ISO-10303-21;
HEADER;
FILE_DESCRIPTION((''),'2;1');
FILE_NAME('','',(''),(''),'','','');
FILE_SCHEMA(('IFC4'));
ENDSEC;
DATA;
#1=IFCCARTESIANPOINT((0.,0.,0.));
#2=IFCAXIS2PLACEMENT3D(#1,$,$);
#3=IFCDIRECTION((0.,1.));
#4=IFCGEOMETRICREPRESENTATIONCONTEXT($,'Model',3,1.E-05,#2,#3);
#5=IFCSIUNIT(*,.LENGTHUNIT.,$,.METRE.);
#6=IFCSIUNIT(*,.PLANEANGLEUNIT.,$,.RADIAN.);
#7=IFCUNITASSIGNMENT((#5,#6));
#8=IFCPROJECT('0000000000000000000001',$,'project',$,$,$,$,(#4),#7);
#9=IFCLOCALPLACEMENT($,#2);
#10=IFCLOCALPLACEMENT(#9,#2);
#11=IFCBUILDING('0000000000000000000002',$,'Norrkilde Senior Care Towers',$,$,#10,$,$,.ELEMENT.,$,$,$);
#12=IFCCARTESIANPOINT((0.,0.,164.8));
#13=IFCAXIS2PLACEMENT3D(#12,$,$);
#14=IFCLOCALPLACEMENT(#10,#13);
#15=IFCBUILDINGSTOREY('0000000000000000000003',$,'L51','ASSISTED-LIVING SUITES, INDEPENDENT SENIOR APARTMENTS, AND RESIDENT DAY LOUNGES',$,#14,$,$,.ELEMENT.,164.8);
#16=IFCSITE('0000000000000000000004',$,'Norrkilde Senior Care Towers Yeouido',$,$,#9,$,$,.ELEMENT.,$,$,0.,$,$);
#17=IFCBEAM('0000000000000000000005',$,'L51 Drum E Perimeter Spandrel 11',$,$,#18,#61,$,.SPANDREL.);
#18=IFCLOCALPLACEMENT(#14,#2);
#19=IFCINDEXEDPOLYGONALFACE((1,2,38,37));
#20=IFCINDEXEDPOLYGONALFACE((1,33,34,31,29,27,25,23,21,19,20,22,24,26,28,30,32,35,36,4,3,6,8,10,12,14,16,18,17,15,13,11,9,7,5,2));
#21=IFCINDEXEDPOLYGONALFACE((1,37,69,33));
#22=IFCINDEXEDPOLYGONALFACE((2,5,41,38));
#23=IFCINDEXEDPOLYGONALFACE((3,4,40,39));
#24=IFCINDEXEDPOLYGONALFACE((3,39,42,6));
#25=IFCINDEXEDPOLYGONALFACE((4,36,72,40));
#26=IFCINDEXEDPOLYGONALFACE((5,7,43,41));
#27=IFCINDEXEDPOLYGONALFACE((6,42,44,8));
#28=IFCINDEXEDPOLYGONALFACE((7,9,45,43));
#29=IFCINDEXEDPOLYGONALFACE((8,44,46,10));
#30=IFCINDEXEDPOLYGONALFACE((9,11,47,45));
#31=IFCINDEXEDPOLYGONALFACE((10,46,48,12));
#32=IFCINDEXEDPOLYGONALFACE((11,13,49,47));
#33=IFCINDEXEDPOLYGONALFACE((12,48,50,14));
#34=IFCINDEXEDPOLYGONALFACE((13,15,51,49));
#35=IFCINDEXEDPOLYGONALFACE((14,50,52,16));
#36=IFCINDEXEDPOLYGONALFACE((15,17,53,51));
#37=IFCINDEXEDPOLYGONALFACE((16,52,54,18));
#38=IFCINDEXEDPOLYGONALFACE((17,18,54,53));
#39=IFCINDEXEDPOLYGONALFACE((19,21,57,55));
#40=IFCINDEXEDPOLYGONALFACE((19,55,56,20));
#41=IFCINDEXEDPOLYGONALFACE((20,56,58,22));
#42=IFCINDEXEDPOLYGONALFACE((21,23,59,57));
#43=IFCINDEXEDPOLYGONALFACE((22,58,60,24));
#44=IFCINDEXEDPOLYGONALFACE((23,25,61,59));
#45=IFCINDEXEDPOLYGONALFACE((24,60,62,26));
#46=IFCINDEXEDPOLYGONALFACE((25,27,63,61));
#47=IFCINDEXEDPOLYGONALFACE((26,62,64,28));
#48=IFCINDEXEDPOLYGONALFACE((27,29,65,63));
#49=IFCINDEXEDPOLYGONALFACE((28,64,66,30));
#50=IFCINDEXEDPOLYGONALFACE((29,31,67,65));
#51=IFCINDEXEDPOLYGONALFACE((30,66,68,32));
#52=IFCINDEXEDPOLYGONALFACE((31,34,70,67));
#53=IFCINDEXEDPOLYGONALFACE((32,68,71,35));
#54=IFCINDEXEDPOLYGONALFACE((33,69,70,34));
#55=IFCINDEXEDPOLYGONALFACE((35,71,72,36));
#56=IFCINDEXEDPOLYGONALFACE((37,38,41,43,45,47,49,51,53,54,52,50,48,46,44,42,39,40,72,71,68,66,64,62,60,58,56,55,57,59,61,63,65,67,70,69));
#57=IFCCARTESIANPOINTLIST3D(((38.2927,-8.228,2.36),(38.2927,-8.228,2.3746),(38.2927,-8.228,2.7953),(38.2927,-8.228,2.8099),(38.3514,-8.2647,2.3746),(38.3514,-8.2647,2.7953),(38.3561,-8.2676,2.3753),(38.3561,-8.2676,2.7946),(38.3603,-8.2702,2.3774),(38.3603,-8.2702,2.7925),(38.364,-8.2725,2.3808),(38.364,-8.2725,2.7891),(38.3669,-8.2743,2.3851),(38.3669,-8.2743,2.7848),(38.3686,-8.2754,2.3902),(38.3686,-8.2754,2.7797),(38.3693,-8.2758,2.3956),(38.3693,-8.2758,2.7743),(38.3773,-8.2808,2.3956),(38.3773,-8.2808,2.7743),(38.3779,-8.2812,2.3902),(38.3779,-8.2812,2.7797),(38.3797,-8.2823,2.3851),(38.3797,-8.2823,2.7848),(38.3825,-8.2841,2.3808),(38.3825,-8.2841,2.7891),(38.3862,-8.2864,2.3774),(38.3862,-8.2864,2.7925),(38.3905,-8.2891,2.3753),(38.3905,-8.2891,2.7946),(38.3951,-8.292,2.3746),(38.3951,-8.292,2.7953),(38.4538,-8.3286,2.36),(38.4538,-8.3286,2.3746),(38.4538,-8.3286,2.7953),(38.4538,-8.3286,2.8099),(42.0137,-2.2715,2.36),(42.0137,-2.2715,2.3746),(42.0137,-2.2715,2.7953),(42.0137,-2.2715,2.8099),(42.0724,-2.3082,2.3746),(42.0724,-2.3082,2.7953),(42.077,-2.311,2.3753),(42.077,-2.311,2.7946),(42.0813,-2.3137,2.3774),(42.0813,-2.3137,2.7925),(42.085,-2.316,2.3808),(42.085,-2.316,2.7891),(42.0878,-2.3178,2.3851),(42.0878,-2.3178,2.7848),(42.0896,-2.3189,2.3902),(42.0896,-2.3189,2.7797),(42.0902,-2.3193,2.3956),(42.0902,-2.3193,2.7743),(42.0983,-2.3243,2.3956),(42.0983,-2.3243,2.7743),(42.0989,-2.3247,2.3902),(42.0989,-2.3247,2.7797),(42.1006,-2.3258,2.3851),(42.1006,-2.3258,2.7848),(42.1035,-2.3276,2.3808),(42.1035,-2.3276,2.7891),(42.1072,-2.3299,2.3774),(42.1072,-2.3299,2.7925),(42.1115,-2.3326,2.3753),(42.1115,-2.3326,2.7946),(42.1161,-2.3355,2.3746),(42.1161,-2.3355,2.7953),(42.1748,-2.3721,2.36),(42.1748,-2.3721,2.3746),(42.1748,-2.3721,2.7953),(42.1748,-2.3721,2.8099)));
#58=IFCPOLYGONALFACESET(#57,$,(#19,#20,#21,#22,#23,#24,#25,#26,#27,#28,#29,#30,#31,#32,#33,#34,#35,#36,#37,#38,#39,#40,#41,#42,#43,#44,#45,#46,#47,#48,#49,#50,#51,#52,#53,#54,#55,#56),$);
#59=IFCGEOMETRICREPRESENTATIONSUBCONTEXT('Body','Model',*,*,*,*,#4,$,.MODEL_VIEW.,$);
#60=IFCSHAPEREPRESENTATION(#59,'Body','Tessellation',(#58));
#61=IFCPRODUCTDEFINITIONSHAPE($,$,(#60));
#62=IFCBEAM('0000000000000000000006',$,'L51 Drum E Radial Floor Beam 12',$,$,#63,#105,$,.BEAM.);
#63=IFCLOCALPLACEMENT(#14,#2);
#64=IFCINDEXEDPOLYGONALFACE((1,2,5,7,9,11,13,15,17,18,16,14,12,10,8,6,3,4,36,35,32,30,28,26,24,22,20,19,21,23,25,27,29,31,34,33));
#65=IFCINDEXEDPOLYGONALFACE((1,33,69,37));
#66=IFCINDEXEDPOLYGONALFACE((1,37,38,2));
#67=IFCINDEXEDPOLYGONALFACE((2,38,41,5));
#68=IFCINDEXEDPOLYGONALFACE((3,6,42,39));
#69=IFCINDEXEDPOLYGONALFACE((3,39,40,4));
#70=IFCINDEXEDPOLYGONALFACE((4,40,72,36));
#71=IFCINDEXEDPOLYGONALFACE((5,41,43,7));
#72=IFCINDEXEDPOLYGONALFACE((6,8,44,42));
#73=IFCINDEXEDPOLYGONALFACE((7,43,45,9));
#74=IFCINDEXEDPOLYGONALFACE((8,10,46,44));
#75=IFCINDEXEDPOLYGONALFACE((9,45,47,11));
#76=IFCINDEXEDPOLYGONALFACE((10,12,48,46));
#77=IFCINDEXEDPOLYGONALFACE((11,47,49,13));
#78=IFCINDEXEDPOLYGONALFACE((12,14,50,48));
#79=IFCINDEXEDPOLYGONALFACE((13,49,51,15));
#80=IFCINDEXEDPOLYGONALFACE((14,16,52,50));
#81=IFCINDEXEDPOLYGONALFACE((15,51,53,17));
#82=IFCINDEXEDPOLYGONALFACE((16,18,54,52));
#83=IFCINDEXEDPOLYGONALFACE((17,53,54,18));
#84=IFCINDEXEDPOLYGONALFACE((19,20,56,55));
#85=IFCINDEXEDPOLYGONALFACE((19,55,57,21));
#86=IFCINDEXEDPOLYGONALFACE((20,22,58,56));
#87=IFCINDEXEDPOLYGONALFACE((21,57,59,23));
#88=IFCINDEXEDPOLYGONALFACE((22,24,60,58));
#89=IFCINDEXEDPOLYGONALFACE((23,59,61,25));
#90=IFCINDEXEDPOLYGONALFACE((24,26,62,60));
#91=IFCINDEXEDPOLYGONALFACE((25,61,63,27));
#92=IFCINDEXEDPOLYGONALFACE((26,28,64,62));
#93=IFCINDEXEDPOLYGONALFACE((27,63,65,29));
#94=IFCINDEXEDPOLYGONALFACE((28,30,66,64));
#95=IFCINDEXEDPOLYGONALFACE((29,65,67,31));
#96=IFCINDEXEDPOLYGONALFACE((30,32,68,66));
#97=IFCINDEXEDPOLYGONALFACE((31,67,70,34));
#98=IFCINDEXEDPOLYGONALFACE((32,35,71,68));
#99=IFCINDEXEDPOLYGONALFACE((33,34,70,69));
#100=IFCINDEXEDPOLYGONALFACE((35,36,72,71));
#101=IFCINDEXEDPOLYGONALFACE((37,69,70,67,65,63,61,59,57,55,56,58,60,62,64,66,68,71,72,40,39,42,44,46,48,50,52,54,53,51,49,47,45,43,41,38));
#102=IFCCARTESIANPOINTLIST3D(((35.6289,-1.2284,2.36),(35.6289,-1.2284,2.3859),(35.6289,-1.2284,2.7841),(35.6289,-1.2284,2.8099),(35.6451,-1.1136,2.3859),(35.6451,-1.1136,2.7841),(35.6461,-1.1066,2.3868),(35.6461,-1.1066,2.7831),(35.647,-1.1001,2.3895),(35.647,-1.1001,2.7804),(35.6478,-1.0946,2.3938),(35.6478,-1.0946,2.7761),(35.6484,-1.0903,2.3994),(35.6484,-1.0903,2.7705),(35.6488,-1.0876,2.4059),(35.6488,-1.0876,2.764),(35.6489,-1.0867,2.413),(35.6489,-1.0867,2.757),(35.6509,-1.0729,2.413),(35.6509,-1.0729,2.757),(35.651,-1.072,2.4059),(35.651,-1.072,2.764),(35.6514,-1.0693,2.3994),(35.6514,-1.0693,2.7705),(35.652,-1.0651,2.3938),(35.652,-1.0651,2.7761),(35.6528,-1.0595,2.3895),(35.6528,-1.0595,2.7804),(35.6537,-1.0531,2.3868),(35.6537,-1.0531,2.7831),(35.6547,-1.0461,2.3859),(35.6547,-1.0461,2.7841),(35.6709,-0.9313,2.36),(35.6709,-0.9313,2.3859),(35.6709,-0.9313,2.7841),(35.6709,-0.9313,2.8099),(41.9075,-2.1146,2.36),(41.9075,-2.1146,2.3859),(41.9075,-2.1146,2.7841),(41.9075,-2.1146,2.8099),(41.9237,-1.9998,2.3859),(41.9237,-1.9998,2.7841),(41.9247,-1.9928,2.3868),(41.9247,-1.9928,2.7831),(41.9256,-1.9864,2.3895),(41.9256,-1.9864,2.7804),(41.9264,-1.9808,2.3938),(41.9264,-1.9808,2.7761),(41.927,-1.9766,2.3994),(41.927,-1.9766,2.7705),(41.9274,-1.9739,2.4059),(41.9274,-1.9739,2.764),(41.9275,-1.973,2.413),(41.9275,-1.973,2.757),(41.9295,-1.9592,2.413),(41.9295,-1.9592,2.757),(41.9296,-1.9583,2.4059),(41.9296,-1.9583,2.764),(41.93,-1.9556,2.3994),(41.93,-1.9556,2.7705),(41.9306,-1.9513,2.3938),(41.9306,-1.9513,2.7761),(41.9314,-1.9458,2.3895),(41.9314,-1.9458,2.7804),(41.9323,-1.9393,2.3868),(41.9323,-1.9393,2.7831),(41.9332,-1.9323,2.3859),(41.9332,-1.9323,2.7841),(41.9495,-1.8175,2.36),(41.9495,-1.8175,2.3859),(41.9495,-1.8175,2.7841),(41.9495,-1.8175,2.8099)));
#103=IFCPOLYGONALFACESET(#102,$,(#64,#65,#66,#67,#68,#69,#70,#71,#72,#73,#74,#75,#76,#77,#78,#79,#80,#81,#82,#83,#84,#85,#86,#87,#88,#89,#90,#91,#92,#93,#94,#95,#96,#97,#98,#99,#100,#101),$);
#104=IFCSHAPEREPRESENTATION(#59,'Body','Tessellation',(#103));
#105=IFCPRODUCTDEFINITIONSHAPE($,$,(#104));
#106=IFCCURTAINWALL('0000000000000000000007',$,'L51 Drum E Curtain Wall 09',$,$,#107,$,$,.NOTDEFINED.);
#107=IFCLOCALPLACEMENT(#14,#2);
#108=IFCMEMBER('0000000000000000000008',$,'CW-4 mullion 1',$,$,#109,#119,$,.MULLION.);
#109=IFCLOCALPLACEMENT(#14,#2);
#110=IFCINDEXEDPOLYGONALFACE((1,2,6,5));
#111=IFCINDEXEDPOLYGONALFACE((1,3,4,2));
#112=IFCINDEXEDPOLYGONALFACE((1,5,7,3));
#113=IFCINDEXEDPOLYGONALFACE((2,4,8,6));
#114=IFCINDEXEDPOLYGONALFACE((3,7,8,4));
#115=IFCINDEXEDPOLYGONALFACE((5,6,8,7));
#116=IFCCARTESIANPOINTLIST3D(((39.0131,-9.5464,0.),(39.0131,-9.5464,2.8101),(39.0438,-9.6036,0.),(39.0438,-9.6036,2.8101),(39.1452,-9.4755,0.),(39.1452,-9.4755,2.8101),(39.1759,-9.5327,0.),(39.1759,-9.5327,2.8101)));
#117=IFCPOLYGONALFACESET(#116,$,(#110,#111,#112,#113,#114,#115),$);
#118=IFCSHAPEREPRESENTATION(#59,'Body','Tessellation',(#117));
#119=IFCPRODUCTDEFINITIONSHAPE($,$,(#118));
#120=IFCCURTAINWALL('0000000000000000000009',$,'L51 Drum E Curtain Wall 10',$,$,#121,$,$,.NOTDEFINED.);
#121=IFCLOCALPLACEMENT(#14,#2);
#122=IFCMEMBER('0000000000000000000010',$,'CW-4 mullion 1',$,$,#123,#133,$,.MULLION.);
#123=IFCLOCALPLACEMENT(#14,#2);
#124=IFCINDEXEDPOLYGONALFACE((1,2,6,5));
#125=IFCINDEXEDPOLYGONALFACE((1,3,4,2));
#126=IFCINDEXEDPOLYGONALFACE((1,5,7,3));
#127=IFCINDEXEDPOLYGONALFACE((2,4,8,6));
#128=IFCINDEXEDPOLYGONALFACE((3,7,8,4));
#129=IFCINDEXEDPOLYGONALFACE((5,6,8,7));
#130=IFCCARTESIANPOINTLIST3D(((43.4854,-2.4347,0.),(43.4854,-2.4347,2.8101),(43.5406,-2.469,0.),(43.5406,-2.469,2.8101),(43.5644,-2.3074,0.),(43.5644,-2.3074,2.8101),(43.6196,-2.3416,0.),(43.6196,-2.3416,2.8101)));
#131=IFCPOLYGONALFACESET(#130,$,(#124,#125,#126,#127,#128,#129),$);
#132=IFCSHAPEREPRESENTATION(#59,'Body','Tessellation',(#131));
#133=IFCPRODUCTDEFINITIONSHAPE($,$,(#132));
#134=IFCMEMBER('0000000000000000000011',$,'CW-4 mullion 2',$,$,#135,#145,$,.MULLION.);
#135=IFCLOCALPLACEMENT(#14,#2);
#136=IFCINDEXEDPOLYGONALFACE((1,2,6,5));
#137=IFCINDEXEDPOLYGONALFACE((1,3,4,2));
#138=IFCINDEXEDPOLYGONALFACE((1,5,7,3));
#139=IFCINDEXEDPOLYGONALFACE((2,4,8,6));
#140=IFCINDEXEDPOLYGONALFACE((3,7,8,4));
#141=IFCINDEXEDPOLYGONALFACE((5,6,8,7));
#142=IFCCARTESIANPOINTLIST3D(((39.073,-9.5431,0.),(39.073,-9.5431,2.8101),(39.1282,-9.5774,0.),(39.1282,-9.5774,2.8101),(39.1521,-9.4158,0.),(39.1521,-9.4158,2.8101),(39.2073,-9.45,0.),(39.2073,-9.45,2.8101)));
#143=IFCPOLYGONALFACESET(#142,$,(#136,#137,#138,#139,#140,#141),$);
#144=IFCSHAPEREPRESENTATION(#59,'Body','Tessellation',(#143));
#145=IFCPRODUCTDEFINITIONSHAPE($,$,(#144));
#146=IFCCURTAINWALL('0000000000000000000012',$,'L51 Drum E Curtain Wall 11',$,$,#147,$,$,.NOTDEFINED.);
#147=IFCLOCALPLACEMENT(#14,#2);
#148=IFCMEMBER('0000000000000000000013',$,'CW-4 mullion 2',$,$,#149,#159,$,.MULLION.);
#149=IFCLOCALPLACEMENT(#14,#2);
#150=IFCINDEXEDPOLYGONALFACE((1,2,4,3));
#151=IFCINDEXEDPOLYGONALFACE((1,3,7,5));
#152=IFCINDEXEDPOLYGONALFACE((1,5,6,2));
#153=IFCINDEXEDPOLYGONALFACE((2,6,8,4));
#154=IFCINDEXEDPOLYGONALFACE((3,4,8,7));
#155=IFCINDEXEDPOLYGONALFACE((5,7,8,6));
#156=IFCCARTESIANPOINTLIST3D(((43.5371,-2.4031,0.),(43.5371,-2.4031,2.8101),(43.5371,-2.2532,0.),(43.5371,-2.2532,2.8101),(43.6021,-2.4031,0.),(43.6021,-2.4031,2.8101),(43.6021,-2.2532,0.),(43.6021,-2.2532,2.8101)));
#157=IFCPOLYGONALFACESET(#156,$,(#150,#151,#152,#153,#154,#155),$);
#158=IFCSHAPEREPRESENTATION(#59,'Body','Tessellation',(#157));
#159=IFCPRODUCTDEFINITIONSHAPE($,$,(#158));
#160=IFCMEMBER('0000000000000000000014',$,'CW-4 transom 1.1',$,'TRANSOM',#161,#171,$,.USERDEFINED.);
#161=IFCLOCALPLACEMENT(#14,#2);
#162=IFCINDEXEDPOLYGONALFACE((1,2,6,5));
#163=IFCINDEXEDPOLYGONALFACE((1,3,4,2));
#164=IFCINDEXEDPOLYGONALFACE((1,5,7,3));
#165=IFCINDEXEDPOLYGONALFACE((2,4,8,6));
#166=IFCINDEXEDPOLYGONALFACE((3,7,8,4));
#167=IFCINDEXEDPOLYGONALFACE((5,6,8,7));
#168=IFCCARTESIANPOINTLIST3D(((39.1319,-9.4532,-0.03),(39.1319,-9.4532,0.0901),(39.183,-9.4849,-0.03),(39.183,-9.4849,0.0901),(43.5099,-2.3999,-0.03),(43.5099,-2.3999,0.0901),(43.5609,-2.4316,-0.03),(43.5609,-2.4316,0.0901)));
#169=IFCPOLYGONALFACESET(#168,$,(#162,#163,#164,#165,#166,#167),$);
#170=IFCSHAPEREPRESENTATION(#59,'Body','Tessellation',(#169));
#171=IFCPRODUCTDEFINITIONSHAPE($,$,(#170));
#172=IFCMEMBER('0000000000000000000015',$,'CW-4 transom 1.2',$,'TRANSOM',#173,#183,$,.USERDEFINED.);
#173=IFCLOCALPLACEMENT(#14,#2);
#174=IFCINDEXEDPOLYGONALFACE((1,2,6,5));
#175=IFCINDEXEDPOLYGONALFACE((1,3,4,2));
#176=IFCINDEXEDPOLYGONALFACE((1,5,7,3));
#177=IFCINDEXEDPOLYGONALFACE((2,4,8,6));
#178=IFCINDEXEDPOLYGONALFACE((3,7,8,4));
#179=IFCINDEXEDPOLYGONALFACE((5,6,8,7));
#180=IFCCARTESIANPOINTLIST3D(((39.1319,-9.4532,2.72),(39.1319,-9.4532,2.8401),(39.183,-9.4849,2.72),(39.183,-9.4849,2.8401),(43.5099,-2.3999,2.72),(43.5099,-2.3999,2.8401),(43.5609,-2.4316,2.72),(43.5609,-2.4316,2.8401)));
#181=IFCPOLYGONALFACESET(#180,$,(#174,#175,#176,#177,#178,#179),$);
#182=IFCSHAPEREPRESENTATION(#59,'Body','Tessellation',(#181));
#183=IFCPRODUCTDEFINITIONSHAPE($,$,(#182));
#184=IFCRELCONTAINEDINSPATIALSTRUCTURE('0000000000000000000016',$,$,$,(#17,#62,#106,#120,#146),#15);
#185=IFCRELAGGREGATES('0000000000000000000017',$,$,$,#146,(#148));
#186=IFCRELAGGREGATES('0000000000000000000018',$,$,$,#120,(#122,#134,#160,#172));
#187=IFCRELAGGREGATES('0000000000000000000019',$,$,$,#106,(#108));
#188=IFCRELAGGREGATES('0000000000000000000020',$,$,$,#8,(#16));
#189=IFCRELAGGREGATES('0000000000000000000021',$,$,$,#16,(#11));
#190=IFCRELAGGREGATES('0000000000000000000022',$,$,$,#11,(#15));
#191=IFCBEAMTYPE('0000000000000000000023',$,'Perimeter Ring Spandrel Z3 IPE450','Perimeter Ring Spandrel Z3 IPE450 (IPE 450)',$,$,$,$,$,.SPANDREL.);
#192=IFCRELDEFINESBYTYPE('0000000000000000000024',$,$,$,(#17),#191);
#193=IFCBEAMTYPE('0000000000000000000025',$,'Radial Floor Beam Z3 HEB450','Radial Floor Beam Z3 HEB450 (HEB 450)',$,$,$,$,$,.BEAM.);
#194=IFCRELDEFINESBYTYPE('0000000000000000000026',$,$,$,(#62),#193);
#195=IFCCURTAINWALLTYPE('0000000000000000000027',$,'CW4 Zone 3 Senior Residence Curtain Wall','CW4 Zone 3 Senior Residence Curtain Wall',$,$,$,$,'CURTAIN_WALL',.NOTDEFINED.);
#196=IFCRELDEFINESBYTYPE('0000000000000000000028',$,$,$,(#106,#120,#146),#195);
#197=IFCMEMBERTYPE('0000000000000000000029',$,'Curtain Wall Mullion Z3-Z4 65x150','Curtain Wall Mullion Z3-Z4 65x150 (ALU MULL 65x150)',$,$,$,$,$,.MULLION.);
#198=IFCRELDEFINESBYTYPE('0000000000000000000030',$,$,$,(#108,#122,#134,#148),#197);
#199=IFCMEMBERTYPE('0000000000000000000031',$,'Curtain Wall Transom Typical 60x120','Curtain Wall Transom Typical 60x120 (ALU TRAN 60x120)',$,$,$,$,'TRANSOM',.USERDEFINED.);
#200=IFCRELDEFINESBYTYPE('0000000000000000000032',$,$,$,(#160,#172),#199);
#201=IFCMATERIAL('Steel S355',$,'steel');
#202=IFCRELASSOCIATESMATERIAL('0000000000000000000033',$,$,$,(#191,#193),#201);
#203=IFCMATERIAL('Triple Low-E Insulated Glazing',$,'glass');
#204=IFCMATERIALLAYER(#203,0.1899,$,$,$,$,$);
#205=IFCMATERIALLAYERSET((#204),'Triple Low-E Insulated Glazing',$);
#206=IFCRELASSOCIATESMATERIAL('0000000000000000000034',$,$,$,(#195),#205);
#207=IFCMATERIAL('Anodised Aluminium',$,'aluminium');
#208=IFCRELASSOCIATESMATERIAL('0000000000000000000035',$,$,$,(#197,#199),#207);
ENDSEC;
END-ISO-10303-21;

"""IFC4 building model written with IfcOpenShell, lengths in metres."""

from ifc_helpers import new_model, si_unit, direction, frame, origin, origin_2d, place, context, subcontext, project, spatial, rectangle, i_section, extrude, source, transform, mapped, material, layer, layer_set, material_profile, profile_set, type_object, type_shapes, element, aggregate, save


model = new_model("IFC4")

# Units and contexts
model_context = context("Model", 3, precision=1e-05, world=origin(), true_north=direction((0.0, 1.0)))
body_context = subcontext(model_context, "Body", "Model", "MODEL_VIEW")
ifc_project = project(units=[si_unit("LENGTHUNIT", "METRE"), si_unit("PLANEANGLEUNIT", "RADIAN")], contexts=[model_context])

# Site, building, storey
site_placement = place(None, origin())
site = spatial("IfcSite", under=ifc_project, at=site_placement, Name="Norrkilde Senior Care Towers Yeouido", CompositionType="ELEMENT", RefElevation=0.0)
building_placement = place(site_placement, origin())
building = spatial("IfcBuilding", under=site, at=building_placement, Name="Norrkilde Senior Care Towers", CompositionType="ELEMENT")
storey_placement = place(building_placement, frame((0.0, 0.0, 164.8)))
storey = spatial("IfcBuildingStorey", under=building, at=storey_placement, Name="L51", Description="ASSISTED-LIVING SUITES, INDEPENDENT SENIOR APARTMENTS, AND RESIDENT DAY LOUNGES", CompositionType="ELEMENT", Elevation=164.8)

# Beams
ifc_material_1 = material(Name="Steel S355", Category="steel")
ifc_material_profile_1 = material_profile(ifc_material_1, i_section(OverallWidth=0.1899, OverallDepth=0.45, WebThickness=0.0095, FlangeThickness=0.0146, FilletRadius=0.021, at=origin_2d()), Name="IPE 450")
ifc_profile_set_1 = profile_set([ifc_material_profile_1], Name="Steel S355")
beam_type_1 = type_object("IfcBeamType", Name="Perimeter Ring Spandrel Z3 IPE450", Description="Perimeter Ring Spandrel Z3 IPE450 (IPE 450)", PredefinedType="SPANDREL", material=ifc_profile_set_1)
shared_shape_1 = source(origin(), body_context, "Body", "SweptSolid", [
    extrude(i_section(OverallWidth=0.1899, OverallDepth=0.45, WebThickness=0.0095, FlangeThickness=0.0146, FilletRadius=0.021, at=origin_2d()), origin(), (0.0, 0.0, 1.0), 7.0232),
])
beam_1_placement = place(storey_placement, frame((38.3733, -8.2783, 2.585), z_axis=(0.529805, 0.848119, 0.0), x_axis=(-0.848119, 0.529805, 0.0)))
element("IfcBeam", 1, at=beam_1_placement, inside=storey, type_object=beam_type_1, Name="L51 Drum E Perimeter Spandrel 11", PredefinedType="SPANDREL", context=body_context, shape_type="MappedRepresentation", body=[
    mapped(shared_shape_1, transform((0.0, 0.0, 0.0), x_axis=(1.0, 0.0, 0.0), y_axis=(0.0, 1.0, 0.0), z_axis=(0.0, 0.0, 1.0), scale=1.0)),
])
ifc_material_profile_2 = material_profile(ifc_material_1, i_section(OverallWidth=0.3, OverallDepth=0.45, WebThickness=0.0139, FlangeThickness=0.0259, FilletRadius=0.0271, at=origin_2d()), Name="HEB 450")
ifc_profile_set_2 = profile_set([ifc_material_profile_2], Name="Steel S355")
beam_type_2 = type_object("IfcBeamType", Name="Radial Floor Beam Z3 HEB450", Description="Radial Floor Beam Z3 HEB450 (HEB 450)", PredefinedType="BEAM", material=ifc_profile_set_2)
shared_shape_2 = source(origin(), body_context, "Body", "SweptSolid", [
    extrude(i_section(OverallWidth=0.3, OverallDepth=0.45, WebThickness=0.0139, FlangeThickness=0.0259, FilletRadius=0.0271, at=origin_2d()), origin(), (0.0, 0.0, 1.0), 6.3408),
])
type_shapes(beam_type_2, [shared_shape_2])
beam_2_placement = place(storey_placement, frame((35.6499, -1.0798, 2.585), z_axis=(0.990185, -0.139766, 0.0), x_axis=(0.139766, 0.990185, 0.0)))
element("IfcBeam", 2, at=beam_2_placement, inside=storey, type_object=beam_type_2, Name="L51 Drum E Radial Floor Beam 12", PredefinedType="BEAM", context=body_context, shape_type="MappedRepresentation", body=[
    mapped(shared_shape_2, transform((0.0, 0.0, 0.0), x_axis=(1.0, 0.0, 0.0), y_axis=(0.0, 1.0, 0.0), z_axis=(0.0, 0.0, 1.0), scale=1.0)),
])

# Curtain wall, member
ifc_material_2 = material(Name="Triple Low-E Insulated Glazing", Category="glass")
ifc_layer_1 = layer(ifc_material_2, 0.1899)
ifc_layer_set_1 = layer_set([ifc_layer_1], Name="Triple Low-E Insulated Glazing")
curtain_wall_type = type_object("IfcCurtainWallType", Name="CW4 Zone 3 Senior Residence Curtain Wall", Description="CW4 Zone 3 Senior Residence Curtain Wall", ElementType="CURTAIN_WALL", PredefinedType="NOTDEFINED", material=ifc_layer_set_1)
curtain_wall_1_placement = place(storey_placement, origin())
curtain_wall_1 = element("IfcCurtainWall", 3, at=curtain_wall_1_placement, inside=storey, type_object=curtain_wall_type, Name="L51 Drum E Curtain Wall 09", PredefinedType="NOTDEFINED")
ifc_material_3 = material(Name="Anodised Aluminium", Category="aluminium")
ifc_material_profile_3 = material_profile(ifc_material_3, rectangle(XDim=0.0649, YDim=0.1499, at=origin_2d()), Name="ALU MULL 65x150")
ifc_profile_set_3 = profile_set([ifc_material_profile_3], Name="Anodised Aluminium")
member_type_1 = type_object("IfcMemberType", Name="Curtain Wall Mullion Z3-Z4 65x150", Description="Curtain Wall Mullion Z3-Z4 65x150 (ALU MULL 65x150)", PredefinedType="MULLION", material=ifc_profile_set_3)
shared_shape_3 = source(origin(), body_context, "Body", "SweptSolid", [
    extrude(rectangle(XDim=0.0649, YDim=0.1499, at=origin_2d()), origin(), (0.0, 0.0, 1.0), 2.8101),
])
type_shapes(member_type_1, [shared_shape_3])
member_1_placement = place(storey_placement, frame((39.0945, -9.5396, 0.0), z_axis=(0.0, 0.0, 1.0), x_axis=(0.473117, -0.881, 0.0)))
member_1 = element("IfcMember", 4, at=member_1_placement, type_object=member_type_1, Name="CW-4 mullion 1", PredefinedType="MULLION", context=body_context, shape_type="MappedRepresentation", body=[
    mapped(shared_shape_3, transform((0.0, 0.0, 0.0), x_axis=(1.0, 0.0, 0.0), y_axis=(0.0, 1.0, 0.0), z_axis=(0.0, 0.0, 1.0), scale=1.0)),
])

# Curtain wall, members
curtain_wall_2_placement = place(storey_placement, origin())
curtain_wall_2 = element("IfcCurtainWall", 5, at=curtain_wall_2_placement, inside=storey, type_object=curtain_wall_type, Name="L51 Drum E Curtain Wall 10", PredefinedType="NOTDEFINED")
member_2_placement = place(storey_placement, frame((43.5525, -2.3882, 0.0), z_axis=(0.0, 0.0, 1.0), x_axis=(0.849634, -0.527373, 0.0)))
member_2 = element("IfcMember", 6, at=member_2_placement, type_object=member_type_1, Name="CW-4 mullion 1", PredefinedType="MULLION", context=body_context, shape_type="MappedRepresentation", body=[
    mapped(shared_shape_3, transform((0.0, 0.0, 0.0), x_axis=(1.0, 0.0, 0.0), y_axis=(0.0, 1.0, 0.0), z_axis=(0.0, 0.0, 1.0), scale=1.0)),
])
member_3_placement = place(storey_placement, frame((39.1401, -9.4966, 0.0), z_axis=(0.0, 0.0, 1.0), x_axis=(0.849634, -0.527373, 0.0)))
member_3 = element("IfcMember", 7, at=member_3_placement, type_object=member_type_1, Name="CW-4 mullion 2", PredefinedType="MULLION", context=body_context, shape_type="MappedRepresentation", body=[
    mapped(shared_shape_3, transform((0.0, 0.0, 0.0), x_axis=(1.0, 0.0, 0.0), y_axis=(0.0, 1.0, 0.0), z_axis=(0.0, 0.0, 1.0), scale=1.0)),
])

# Curtain wall, member
curtain_wall_3_placement = place(storey_placement, origin())
curtain_wall_3 = element("IfcCurtainWall", 8, at=curtain_wall_3_placement, inside=storey, type_object=curtain_wall_type, Name="L51 Drum E Curtain Wall 11", PredefinedType="NOTDEFINED")
member_4_placement = place(storey_placement, frame((43.5696, -2.3281, 0.0), z_axis=(0.0, 0.0, 1.0), x_axis=(1.0, 0.0, 0.0)))
member_4 = element("IfcMember", 9, at=member_4_placement, type_object=member_type_1, Name="CW-4 mullion 2", PredefinedType="MULLION", context=body_context, shape_type="MappedRepresentation", body=[
    mapped(shared_shape_3, transform((0.0, 0.0, 0.0), x_axis=(1.0, 0.0, 0.0), y_axis=(0.0, 1.0, 0.0), z_axis=(0.0, 0.0, 1.0), scale=1.0)),
])
aggregate(curtain_wall_3, [member_4])

# Members
ifc_material_profile_4 = material_profile(ifc_material_3, rectangle(XDim=0.0601, YDim=0.1201, at=origin_2d()), Name="ALU TRAN 60x120")
ifc_profile_set_4 = profile_set([ifc_material_profile_4], Name="Anodised Aluminium")
member_type_2 = type_object("IfcMemberType", Name="Curtain Wall Transom Typical 60x120", Description="Curtain Wall Transom Typical 60x120 (ALU TRAN 60x120)", ElementType="TRANSOM", PredefinedType="USERDEFINED", material=ifc_profile_set_4)
shared_shape_4 = source(origin(), body_context, "Body", "SweptSolid", [
    extrude(rectangle(XDim=0.0601, YDim=0.1201, at=origin_2d()), origin(), (0.0, 0.0, 1.0), 8.3015),
])
member_5_placement = place(storey_placement, frame((43.5354, -2.4158, 0.03), z_axis=(-0.527369, -0.849637, 0.0), x_axis=(0.849637, -0.527369, 0.0)))
member_5 = element("IfcMember", 10, at=member_5_placement, type_object=member_type_2, Name="CW-4 transom 1.1", ObjectType="TRANSOM", PredefinedType="USERDEFINED", context=body_context, shape_type="MappedRepresentation", body=[
    mapped(shared_shape_4, transform((0.0, 0.0, 0.0), x_axis=(1.0, 0.0, 0.0), y_axis=(0.0, 1.0, 0.0), z_axis=(0.0, 0.0, 1.0), scale=1.0)),
])
member_6_placement = place(storey_placement, frame((43.5354, -2.4158, 2.78), z_axis=(-0.527369, -0.849637, 0.0), x_axis=(0.849637, -0.527369, 0.0)))
member_6 = element("IfcMember", 11, at=member_6_placement, type_object=member_type_2, Name="CW-4 transom 1.2", ObjectType="TRANSOM", PredefinedType="USERDEFINED", context=body_context, shape_type="MappedRepresentation", body=[
    mapped(shared_shape_4, transform((0.0, 0.0, 0.0), x_axis=(1.0, 0.0, 0.0), y_axis=(0.0, 1.0, 0.0), z_axis=(0.0, 0.0, 1.0), scale=1.0)),
])

aggregate(curtain_wall_2, [member_2, member_3, member_5, member_6])
aggregate(curtain_wall_1, [member_1])

save(model, "model.ifc")
